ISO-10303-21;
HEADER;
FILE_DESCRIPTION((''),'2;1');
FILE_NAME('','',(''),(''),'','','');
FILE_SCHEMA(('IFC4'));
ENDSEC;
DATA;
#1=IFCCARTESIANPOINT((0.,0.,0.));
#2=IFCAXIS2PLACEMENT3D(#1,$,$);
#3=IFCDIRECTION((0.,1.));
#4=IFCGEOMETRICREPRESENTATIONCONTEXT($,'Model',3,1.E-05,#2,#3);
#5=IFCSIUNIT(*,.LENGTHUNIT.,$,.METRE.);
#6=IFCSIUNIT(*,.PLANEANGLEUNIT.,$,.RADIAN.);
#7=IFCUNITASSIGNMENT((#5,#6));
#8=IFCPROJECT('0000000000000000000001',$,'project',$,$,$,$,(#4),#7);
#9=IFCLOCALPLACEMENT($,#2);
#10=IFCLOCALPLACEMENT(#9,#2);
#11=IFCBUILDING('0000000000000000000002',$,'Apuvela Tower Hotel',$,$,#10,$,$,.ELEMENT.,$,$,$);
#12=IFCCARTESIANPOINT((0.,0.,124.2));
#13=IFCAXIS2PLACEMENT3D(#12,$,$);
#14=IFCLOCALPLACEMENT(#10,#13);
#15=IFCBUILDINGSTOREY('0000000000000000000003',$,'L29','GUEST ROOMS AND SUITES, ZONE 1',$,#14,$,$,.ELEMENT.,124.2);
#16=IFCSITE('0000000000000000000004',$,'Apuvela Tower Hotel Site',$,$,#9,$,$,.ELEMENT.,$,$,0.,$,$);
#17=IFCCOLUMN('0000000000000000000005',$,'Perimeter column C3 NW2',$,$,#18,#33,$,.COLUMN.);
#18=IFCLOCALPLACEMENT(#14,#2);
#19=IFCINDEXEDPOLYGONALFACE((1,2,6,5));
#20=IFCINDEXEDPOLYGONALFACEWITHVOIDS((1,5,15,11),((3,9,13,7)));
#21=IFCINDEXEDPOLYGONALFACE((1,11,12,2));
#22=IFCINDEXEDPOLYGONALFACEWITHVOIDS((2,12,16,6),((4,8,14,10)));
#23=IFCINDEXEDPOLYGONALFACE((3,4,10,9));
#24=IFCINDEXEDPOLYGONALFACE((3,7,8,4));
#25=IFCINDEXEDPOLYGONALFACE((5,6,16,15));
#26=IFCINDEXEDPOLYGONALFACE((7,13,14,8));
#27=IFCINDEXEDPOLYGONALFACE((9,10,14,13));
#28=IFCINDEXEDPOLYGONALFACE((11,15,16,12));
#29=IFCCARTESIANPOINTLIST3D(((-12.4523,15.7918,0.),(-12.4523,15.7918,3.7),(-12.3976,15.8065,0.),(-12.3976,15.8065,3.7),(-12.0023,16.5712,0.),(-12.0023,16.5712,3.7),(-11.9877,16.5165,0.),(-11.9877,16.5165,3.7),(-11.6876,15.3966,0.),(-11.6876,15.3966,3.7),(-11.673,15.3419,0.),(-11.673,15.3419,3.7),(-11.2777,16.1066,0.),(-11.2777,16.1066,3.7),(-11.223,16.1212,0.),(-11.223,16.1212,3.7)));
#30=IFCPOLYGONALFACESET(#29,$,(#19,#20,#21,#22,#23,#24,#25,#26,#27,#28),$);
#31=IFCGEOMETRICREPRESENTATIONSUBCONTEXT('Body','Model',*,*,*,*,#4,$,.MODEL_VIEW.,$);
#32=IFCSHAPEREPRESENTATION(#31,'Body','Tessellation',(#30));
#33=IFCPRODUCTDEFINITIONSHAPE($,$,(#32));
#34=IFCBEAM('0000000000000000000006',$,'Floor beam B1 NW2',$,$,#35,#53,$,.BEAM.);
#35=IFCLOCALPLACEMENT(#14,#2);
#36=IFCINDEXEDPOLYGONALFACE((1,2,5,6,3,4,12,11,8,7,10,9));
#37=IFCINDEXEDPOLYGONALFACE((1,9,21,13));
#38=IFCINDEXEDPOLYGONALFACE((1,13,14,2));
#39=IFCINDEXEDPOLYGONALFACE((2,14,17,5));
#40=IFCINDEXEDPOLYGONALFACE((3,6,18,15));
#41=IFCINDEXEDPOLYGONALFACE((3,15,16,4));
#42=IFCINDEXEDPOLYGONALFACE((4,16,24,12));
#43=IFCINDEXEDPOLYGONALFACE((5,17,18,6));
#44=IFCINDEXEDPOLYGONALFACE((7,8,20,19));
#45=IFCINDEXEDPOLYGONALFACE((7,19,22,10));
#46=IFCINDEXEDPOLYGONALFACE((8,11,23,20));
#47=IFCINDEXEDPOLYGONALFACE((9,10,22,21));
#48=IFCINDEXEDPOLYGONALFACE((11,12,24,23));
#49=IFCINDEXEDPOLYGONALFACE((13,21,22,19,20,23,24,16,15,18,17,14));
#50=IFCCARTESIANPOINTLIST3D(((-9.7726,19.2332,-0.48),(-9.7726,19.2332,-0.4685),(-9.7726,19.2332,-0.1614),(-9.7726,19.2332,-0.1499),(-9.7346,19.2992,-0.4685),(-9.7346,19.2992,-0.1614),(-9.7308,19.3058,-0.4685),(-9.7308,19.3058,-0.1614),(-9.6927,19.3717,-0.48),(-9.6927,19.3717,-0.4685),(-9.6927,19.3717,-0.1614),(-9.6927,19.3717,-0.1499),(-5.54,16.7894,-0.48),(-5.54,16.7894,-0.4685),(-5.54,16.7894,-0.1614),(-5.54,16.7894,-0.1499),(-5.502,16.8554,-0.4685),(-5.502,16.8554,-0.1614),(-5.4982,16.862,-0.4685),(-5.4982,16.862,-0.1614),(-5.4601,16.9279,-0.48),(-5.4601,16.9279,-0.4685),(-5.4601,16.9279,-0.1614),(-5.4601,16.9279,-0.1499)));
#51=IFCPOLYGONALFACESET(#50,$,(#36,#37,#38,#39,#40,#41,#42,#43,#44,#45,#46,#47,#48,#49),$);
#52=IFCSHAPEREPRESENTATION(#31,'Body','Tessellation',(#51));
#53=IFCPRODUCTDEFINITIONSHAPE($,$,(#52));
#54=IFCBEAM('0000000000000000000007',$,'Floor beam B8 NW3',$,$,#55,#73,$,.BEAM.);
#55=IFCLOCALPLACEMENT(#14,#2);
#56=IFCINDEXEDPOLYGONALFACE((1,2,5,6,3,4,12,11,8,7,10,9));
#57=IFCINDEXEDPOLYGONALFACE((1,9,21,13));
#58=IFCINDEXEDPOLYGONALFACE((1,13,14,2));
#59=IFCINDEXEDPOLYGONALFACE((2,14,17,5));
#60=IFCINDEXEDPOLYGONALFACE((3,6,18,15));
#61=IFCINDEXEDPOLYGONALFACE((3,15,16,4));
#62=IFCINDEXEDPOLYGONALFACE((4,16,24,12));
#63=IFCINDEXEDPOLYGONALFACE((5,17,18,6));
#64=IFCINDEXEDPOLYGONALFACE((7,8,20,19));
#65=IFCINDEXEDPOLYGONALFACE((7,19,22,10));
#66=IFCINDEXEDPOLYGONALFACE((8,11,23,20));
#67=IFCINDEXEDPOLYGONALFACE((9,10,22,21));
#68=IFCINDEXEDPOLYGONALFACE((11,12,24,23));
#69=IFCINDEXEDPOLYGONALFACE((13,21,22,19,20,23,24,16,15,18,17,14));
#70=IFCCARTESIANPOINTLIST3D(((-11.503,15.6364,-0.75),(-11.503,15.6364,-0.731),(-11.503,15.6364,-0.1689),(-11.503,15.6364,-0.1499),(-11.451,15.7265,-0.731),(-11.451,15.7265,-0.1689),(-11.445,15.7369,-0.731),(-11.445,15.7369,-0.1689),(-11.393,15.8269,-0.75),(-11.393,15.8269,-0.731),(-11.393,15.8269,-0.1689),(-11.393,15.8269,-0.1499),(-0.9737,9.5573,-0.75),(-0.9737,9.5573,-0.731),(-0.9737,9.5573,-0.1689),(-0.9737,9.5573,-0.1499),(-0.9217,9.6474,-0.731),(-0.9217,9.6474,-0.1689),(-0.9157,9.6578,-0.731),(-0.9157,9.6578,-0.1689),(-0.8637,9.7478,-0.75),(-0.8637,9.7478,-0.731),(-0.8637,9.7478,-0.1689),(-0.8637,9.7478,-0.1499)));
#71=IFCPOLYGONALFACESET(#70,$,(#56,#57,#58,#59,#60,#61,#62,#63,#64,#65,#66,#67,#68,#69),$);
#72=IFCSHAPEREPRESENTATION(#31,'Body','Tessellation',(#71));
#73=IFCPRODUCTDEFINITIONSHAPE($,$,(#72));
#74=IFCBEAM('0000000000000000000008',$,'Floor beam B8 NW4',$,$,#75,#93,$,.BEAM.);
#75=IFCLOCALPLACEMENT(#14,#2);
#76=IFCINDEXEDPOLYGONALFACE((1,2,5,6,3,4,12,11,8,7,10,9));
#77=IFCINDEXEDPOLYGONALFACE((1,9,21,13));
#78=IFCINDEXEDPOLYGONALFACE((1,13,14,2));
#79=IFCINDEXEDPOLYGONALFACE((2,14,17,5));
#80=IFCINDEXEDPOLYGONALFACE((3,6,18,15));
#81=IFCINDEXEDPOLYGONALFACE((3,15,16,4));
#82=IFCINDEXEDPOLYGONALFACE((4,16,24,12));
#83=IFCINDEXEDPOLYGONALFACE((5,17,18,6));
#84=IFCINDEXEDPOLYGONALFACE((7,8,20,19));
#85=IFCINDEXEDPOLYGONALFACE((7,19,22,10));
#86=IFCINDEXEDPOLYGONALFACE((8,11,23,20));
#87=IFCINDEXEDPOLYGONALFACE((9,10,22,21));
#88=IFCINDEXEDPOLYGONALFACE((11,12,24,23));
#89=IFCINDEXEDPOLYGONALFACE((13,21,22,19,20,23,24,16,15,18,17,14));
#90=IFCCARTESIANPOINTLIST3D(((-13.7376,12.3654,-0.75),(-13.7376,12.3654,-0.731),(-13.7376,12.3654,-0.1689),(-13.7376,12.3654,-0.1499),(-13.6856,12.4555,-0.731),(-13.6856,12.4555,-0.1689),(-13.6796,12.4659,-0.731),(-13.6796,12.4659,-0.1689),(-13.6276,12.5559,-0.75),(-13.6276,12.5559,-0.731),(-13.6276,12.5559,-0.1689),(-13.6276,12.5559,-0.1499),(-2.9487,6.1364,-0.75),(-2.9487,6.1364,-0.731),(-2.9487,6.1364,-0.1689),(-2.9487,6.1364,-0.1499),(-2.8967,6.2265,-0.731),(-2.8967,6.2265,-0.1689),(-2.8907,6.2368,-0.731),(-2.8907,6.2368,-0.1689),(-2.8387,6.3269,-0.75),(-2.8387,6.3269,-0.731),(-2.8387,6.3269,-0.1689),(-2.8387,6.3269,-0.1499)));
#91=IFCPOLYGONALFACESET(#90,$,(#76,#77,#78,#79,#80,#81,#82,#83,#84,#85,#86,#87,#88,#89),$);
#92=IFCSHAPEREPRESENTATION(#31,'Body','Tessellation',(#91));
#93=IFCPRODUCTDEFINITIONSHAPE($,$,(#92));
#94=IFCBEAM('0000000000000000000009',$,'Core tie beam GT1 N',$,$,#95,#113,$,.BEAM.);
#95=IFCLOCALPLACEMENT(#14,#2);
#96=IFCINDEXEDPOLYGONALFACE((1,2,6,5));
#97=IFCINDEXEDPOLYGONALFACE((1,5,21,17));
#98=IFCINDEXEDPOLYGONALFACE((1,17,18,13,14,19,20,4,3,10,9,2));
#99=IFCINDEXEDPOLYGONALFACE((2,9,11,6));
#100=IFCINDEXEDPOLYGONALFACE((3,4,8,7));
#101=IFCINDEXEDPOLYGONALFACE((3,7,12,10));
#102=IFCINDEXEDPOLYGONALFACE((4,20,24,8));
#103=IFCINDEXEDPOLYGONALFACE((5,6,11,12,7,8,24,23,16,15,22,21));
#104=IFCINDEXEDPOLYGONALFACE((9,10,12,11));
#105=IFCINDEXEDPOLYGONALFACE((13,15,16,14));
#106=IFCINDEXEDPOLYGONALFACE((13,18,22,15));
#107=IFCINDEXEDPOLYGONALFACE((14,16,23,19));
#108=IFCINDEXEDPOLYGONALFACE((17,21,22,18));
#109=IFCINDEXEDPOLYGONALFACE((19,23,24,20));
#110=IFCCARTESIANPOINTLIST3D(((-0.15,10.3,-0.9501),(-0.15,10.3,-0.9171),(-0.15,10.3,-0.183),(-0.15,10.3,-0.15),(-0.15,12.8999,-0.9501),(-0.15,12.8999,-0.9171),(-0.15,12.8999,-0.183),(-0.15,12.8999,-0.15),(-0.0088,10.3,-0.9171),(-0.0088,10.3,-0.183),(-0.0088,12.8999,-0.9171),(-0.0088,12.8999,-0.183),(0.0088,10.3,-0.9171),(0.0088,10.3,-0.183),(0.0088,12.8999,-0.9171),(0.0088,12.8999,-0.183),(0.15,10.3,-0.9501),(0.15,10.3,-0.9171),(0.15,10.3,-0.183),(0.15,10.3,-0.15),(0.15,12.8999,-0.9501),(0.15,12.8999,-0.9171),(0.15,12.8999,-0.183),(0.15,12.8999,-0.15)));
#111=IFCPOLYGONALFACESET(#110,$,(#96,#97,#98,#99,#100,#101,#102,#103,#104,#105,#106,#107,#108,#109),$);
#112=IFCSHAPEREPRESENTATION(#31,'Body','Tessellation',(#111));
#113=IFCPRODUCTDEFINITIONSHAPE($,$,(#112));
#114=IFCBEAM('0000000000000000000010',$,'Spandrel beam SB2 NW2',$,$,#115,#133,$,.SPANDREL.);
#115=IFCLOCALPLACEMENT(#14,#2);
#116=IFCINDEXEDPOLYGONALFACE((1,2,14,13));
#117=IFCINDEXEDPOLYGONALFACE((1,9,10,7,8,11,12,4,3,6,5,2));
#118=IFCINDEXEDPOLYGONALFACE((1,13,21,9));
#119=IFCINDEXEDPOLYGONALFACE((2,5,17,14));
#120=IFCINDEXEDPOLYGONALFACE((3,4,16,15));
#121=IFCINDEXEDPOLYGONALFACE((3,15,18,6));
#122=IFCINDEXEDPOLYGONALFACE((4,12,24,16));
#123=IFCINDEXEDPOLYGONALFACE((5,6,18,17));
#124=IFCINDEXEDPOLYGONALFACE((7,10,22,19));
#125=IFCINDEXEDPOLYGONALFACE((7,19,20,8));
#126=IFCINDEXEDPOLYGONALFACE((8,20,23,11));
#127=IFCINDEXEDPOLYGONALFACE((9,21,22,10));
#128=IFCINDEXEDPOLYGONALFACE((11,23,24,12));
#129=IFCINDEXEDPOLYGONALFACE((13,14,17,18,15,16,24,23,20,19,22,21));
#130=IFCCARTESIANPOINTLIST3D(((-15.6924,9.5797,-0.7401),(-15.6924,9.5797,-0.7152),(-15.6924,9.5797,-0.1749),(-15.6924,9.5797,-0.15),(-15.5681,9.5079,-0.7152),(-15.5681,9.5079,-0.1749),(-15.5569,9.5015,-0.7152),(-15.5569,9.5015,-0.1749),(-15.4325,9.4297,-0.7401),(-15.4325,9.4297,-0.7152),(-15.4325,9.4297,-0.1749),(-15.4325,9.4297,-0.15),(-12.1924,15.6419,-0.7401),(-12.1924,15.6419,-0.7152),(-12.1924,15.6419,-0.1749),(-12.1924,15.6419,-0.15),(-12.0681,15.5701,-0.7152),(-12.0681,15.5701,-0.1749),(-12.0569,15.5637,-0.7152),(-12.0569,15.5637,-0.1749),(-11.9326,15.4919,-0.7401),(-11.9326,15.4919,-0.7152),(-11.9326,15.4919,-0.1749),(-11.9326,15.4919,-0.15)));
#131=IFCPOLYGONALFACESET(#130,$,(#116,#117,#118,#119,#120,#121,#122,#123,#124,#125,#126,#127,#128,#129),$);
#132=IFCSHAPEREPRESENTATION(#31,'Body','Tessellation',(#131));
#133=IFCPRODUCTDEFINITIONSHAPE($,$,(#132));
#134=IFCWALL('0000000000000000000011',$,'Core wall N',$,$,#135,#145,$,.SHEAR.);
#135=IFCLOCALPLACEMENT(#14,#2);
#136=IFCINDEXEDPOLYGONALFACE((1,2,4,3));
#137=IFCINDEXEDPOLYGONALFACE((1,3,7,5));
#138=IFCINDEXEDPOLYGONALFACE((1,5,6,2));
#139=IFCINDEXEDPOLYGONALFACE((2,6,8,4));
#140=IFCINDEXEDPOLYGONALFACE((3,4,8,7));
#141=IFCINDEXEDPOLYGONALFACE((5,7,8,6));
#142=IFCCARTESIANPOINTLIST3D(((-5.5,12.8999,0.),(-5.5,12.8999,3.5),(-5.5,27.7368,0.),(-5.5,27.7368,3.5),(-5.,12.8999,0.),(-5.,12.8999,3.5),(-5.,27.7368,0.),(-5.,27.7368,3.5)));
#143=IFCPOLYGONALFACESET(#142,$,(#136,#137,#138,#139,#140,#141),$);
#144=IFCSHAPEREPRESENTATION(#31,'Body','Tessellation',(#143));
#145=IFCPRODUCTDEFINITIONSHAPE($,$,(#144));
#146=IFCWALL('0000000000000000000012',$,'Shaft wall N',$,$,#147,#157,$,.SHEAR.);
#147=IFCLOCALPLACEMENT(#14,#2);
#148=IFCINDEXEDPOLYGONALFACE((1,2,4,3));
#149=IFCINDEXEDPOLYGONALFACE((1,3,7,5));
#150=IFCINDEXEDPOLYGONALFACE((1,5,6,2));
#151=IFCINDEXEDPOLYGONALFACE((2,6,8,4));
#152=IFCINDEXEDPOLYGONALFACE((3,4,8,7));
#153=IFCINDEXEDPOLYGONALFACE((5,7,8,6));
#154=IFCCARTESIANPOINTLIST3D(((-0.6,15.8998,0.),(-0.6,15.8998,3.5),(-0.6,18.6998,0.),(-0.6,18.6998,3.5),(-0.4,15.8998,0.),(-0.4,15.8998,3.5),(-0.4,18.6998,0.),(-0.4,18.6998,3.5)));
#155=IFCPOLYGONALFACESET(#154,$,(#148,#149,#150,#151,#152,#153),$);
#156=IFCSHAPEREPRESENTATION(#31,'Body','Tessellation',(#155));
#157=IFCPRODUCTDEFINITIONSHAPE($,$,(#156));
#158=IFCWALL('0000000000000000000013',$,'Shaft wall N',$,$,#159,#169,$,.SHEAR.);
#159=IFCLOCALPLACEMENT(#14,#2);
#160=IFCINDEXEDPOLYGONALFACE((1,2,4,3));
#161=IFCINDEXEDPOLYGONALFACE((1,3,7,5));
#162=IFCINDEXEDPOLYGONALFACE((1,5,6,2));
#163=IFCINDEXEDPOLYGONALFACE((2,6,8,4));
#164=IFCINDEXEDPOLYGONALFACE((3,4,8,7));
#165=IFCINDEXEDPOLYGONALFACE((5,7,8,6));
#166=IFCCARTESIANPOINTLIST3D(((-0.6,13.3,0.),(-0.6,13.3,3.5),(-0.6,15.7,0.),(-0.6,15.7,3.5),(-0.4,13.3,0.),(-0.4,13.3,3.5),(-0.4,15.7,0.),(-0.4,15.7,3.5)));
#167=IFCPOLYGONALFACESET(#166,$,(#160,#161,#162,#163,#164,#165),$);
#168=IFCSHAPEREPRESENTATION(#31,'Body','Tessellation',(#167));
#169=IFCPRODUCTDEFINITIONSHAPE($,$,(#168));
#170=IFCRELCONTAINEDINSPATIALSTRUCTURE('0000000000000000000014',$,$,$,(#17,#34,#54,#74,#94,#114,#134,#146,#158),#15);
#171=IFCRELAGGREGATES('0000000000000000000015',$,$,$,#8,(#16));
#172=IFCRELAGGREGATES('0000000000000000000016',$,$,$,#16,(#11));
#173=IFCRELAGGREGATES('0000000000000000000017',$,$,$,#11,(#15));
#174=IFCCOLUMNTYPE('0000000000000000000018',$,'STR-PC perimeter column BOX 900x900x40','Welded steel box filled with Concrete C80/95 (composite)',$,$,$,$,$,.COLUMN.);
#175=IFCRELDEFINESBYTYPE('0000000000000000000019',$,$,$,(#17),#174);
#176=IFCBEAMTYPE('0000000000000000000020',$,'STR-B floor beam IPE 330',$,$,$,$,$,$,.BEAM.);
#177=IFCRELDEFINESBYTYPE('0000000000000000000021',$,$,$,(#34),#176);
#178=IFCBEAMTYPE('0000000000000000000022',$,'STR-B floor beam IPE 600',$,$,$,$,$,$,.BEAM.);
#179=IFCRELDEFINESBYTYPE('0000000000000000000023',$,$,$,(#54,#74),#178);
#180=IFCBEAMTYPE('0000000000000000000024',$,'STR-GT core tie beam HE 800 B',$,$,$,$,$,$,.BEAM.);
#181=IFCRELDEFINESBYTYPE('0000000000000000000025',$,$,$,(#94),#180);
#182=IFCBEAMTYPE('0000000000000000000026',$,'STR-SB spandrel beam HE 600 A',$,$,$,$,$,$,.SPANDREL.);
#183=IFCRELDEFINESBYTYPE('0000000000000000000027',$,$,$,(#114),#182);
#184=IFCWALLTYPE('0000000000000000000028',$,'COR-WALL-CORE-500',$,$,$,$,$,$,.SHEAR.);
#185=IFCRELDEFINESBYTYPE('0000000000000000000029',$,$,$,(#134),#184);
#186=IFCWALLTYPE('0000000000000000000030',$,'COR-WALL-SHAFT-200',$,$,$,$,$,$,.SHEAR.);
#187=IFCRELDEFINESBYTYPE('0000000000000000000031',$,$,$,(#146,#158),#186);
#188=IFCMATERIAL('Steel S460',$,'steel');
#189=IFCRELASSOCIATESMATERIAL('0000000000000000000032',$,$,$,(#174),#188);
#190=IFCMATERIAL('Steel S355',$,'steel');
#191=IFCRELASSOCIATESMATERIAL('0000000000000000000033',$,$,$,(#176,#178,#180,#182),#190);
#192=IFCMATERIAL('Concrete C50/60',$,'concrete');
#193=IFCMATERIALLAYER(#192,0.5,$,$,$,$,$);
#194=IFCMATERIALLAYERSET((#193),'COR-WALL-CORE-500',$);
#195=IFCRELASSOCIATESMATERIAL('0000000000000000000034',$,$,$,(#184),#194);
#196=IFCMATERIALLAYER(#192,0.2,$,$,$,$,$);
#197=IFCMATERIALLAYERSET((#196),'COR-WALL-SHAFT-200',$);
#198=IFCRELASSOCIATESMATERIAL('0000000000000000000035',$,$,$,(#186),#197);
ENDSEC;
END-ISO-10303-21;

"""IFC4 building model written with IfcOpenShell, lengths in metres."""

from ifc_helpers import new_model, si_unit, direction, frame, frame_2d, origin, origin_2d, place, context, subcontext, project, spatial, rectangle, hollow_rectangle, i_section, extrude, material, layer, layer_set, material_profile, profile_set, type_object, element, save


model = new_model("IFC4")

# Units and contexts
model_context = context("Model", 3, precision=1e-05, world=origin(), true_north=direction((0.0, 1.0)))
body_context = subcontext(model_context, "Body", "Model", "MODEL_VIEW")
ifc_project = project(units=[si_unit("LENGTHUNIT", "METRE"), si_unit("PLANEANGLEUNIT", "RADIAN")], contexts=[model_context])

# Site, building, storey
site_placement = place(None, origin())
site = spatial("IfcSite", under=ifc_project, at=site_placement, Name="Apuvela Tower Hotel Site", CompositionType="ELEMENT", RefElevation=0.0)
building_placement = place(site_placement, origin())
building = spatial("IfcBuilding", under=site, at=building_placement, Name="Apuvela Tower Hotel", CompositionType="ELEMENT")
storey_placement = place(building_placement, frame((0.0, 0.0, 124.2)))
storey = spatial("IfcBuildingStorey", under=building, at=storey_placement, Name="L29", Description="GUEST ROOMS AND SUITES, ZONE 1", CompositionType="ELEMENT", Elevation=124.2)

# Column
ifc_material_1 = material(Name="Steel S460", Category="steel")
ifc_material_profile_1 = material_profile(ifc_material_1, hollow_rectangle(XDim=0.8999, YDim=0.8999, WallThickness=0.04, at=origin_2d()), Name="BOX 900x900x40")
ifc_material_2 = material(Name="Concrete C80/95", Category="concrete")
ifc_material_profile_2 = material_profile(ifc_material_2, rectangle(XDim=0.8201, YDim=0.8201, at=origin_2d()), Name="Concrete C80/95 infill")
ifc_profile_set_1 = profile_set([ifc_material_profile_1, ifc_material_profile_2], Name="Steel S460")
column_type = type_object("IfcColumnType", Name="STR-PC perimeter column BOX 900x900x40", Description="Welded steel box filled with Concrete C80/95 (composite)", PredefinedType="COLUMN", material=ifc_profile_set_1)
column_placement = place(storey_placement, frame((-11.8376, 15.9565, 0.0), z_axis=(0.0, 0.0, 1.0), x_axis=(0.5, 0.866025, 0.0)))
element("IfcColumn", 1, at=column_placement, inside=storey, type_object=column_type, Name="Perimeter column C3 NW2", PredefinedType="COLUMN", context=body_context, shape_type="SweptSolid", body=[
    extrude(hollow_rectangle(XDim=0.8999, YDim=0.8999, WallThickness=0.04, at=origin_2d()), origin(), (0.0, 0.0, 1.0), 3.7),
])

# Beams
ifc_material_3 = material(Name="Steel S355", Category="steel")
ifc_material_profile_3 = material_profile(ifc_material_3, i_section(OverallWidth=0.1599, OverallDepth=0.3301, WebThickness=0.0076, FlangeThickness=0.0115, at=origin_2d()), Name="IPE 330")
ifc_profile_set_2 = profile_set([ifc_material_profile_3], Name="Steel S355")
beam_type_1 = type_object("IfcBeamType", Name="STR-B floor beam IPE 330", PredefinedType="BEAM", material=ifc_profile_set_2)
beam_1_placement = place(storey_placement, frame((-9.7327, 19.3025, -0.3149), z_axis=(0.866015, -0.500018, 0.0), x_axis=(0.500018, 0.866015, 0.0)))
element("IfcBeam", 2, at=beam_1_placement, inside=storey, type_object=beam_type_1, Name="Floor beam B1 NW2", PredefinedType="BEAM", context=body_context, shape_type="SweptSolid", body=[
    extrude(i_section(OverallWidth=0.1599, OverallDepth=0.3301, WebThickness=0.0076, FlangeThickness=0.0115, at=origin_2d()), origin(), (0.0, 0.0, 1.0), 4.8875),
])
ifc_material_profile_4 = material_profile(ifc_material_3, i_section(OverallWidth=0.22, OverallDepth=0.6001, WebThickness=0.012, FlangeThickness=0.019, at=origin_2d()), Name="IPE 600")
ifc_profile_set_3 = profile_set([ifc_material_profile_4], Name="Steel S355")
beam_type_2 = type_object("IfcBeamType", Name="STR-B floor beam IPE 600", PredefinedType="BEAM", material=ifc_profile_set_3)
beam_2_placement = place(storey_placement, frame((-11.448, 15.7317, -0.45), z_axis=(0.866025, -0.500001, 0.0), x_axis=(0.500001, 0.866025, 0.0)))
element("IfcBeam", 3, at=beam_2_placement, inside=storey, type_object=beam_type_2, Name="Floor beam B8 NW3", PredefinedType="BEAM", context=body_context, shape_type="SweptSolid", body=[
    extrude(i_section(OverallWidth=0.22, OverallDepth=0.6001, WebThickness=0.012, FlangeThickness=0.019, at=origin_2d()), origin(), (0.0, 0.0, 1.0), 12.1582),
])
beam_3_placement = place(storey_placement, frame((-13.6826, 12.4607, -0.45), z_axis=(0.866023, -0.500005, 0.0), x_axis=(0.500005, 0.866023, 0.0)))
element("IfcBeam", 4, at=beam_3_placement, inside=storey, type_object=beam_type_2, Name="Floor beam B8 NW4", PredefinedType="BEAM", context=body_context, shape_type="SweptSolid", body=[
    extrude(i_section(OverallWidth=0.22, OverallDepth=0.6001, WebThickness=0.012, FlangeThickness=0.019, at=origin_2d()), origin(), (0.0, 0.0, 1.0), 12.458),
])
ifc_material_profile_5 = material_profile(ifc_material_3, i_section(OverallWidth=0.3, OverallDepth=0.8, WebThickness=0.0176, FlangeThickness=0.033, at=origin_2d()), Name="HE 800 B")
ifc_profile_set_4 = profile_set([ifc_material_profile_5], Name="Steel S355")
beam_type_3 = type_object("IfcBeamType", Name="STR-GT core tie beam HE 800 B", PredefinedType="BEAM", material=ifc_profile_set_4)
beam_4_placement = place(storey_placement, frame((0.0, 12.8999, -0.55), z_axis=(0.0, -1.0, 0.0), x_axis=(1.0, 0.0, 0.0)))
element("IfcBeam", 5, at=beam_4_placement, inside=storey, type_object=beam_type_3, Name="Core tie beam GT1 N", PredefinedType="BEAM", context=body_context, shape_type="SweptSolid", body=[
    extrude(i_section(OverallWidth=0.3, OverallDepth=0.8, WebThickness=0.0176, FlangeThickness=0.033, at=origin_2d()), origin(), (0.0, 0.0, 1.0), 2.5999),
])
ifc_material_profile_6 = material_profile(ifc_material_3, i_section(OverallWidth=0.3, OverallDepth=0.5901, WebThickness=0.0129, FlangeThickness=0.0249, at=origin_2d()), Name="HE 600 A")
ifc_profile_set_5 = profile_set([ifc_material_profile_6], Name="Steel S355")
beam_type_4 = type_object("IfcBeamType", Name="STR-SB spandrel beam HE 600 A", PredefinedType="SPANDREL", material=ifc_profile_set_5)
beam_5_placement = place(storey_placement, frame((-12.0625, 15.5669, -0.4451), z_axis=(-0.499995, -0.866028, 0.0), x_axis=(0.866028, -0.499995, 0.0)))
element("IfcBeam", 6, at=beam_5_placement, inside=storey, type_object=beam_type_4, Name="Spandrel beam SB2 NW2", PredefinedType="SPANDREL", context=body_context, shape_type="SweptSolid", body=[
    extrude(i_section(OverallWidth=0.3, OverallDepth=0.5901, WebThickness=0.0129, FlangeThickness=0.0249, at=origin_2d()), origin(), (0.0, 0.0, 1.0), 7.0),
])

# Walls
ifc_material_4 = material(Name="Concrete C50/60", Category="concrete")
ifc_layer_1 = layer(ifc_material_4, 0.5)
ifc_layer_set_1 = layer_set([ifc_layer_1], Name="COR-WALL-CORE-500")
wall_type_1 = type_object("IfcWallType", Name="COR-WALL-CORE-500", PredefinedType="SHEAR", material=ifc_layer_set_1)
wall_1_placement = place(storey_placement, frame((-5.25, 12.8999, 0.0), z_axis=(0.0, 0.0, 1.0), x_axis=(0.0, 1.0, 0.0)))
element("IfcWall", 7, at=wall_1_placement, inside=storey, type_object=wall_type_1, Name="Core wall N", PredefinedType="SHEAR", context=body_context, shape_type="SweptSolid", body=[
    extrude(rectangle(XDim=14.8369, YDim=0.5, at=frame_2d((7.4185, 0.0))), origin(), (0.0, 0.0, 1.0), 3.5),
])
ifc_layer_2 = layer(ifc_material_4, 0.2)
ifc_layer_set_2 = layer_set([ifc_layer_2], Name="COR-WALL-SHAFT-200")
wall_type_2 = type_object("IfcWallType", Name="COR-WALL-SHAFT-200", PredefinedType="SHEAR", material=ifc_layer_set_2)
wall_2_placement = place(storey_placement, frame((-0.5, 15.8999, 0.0), z_axis=(0.0, 0.0, 1.0), x_axis=(0.0, 1.0, 0.0)))
element("IfcWall", 8, at=wall_2_placement, inside=storey, type_object=wall_type_2, Name="Shaft wall N", PredefinedType="SHEAR", context=body_context, shape_type="SweptSolid", body=[
    extrude(rectangle(XDim=2.8, YDim=0.2, at=frame_2d((1.3999, 0.0))), origin(), (0.0, 0.0, 1.0), 3.5),
])
wall_3_placement = place(storey_placement, frame((-0.5, 13.3, 0.0), z_axis=(0.0, 0.0, 1.0), x_axis=(0.0, 1.0, 0.0)))
element("IfcWall", 9, at=wall_3_placement, inside=storey, type_object=wall_type_2, Name="Shaft wall N", PredefinedType="SHEAR", context=body_context, shape_type="SweptSolid", body=[
    extrude(rectangle(XDim=2.3999, YDim=0.2, at=frame_2d((1.2, 0.0))), origin(), (0.0, 0.0, 1.0), 3.5),
])

save(model, "model.ifc")
